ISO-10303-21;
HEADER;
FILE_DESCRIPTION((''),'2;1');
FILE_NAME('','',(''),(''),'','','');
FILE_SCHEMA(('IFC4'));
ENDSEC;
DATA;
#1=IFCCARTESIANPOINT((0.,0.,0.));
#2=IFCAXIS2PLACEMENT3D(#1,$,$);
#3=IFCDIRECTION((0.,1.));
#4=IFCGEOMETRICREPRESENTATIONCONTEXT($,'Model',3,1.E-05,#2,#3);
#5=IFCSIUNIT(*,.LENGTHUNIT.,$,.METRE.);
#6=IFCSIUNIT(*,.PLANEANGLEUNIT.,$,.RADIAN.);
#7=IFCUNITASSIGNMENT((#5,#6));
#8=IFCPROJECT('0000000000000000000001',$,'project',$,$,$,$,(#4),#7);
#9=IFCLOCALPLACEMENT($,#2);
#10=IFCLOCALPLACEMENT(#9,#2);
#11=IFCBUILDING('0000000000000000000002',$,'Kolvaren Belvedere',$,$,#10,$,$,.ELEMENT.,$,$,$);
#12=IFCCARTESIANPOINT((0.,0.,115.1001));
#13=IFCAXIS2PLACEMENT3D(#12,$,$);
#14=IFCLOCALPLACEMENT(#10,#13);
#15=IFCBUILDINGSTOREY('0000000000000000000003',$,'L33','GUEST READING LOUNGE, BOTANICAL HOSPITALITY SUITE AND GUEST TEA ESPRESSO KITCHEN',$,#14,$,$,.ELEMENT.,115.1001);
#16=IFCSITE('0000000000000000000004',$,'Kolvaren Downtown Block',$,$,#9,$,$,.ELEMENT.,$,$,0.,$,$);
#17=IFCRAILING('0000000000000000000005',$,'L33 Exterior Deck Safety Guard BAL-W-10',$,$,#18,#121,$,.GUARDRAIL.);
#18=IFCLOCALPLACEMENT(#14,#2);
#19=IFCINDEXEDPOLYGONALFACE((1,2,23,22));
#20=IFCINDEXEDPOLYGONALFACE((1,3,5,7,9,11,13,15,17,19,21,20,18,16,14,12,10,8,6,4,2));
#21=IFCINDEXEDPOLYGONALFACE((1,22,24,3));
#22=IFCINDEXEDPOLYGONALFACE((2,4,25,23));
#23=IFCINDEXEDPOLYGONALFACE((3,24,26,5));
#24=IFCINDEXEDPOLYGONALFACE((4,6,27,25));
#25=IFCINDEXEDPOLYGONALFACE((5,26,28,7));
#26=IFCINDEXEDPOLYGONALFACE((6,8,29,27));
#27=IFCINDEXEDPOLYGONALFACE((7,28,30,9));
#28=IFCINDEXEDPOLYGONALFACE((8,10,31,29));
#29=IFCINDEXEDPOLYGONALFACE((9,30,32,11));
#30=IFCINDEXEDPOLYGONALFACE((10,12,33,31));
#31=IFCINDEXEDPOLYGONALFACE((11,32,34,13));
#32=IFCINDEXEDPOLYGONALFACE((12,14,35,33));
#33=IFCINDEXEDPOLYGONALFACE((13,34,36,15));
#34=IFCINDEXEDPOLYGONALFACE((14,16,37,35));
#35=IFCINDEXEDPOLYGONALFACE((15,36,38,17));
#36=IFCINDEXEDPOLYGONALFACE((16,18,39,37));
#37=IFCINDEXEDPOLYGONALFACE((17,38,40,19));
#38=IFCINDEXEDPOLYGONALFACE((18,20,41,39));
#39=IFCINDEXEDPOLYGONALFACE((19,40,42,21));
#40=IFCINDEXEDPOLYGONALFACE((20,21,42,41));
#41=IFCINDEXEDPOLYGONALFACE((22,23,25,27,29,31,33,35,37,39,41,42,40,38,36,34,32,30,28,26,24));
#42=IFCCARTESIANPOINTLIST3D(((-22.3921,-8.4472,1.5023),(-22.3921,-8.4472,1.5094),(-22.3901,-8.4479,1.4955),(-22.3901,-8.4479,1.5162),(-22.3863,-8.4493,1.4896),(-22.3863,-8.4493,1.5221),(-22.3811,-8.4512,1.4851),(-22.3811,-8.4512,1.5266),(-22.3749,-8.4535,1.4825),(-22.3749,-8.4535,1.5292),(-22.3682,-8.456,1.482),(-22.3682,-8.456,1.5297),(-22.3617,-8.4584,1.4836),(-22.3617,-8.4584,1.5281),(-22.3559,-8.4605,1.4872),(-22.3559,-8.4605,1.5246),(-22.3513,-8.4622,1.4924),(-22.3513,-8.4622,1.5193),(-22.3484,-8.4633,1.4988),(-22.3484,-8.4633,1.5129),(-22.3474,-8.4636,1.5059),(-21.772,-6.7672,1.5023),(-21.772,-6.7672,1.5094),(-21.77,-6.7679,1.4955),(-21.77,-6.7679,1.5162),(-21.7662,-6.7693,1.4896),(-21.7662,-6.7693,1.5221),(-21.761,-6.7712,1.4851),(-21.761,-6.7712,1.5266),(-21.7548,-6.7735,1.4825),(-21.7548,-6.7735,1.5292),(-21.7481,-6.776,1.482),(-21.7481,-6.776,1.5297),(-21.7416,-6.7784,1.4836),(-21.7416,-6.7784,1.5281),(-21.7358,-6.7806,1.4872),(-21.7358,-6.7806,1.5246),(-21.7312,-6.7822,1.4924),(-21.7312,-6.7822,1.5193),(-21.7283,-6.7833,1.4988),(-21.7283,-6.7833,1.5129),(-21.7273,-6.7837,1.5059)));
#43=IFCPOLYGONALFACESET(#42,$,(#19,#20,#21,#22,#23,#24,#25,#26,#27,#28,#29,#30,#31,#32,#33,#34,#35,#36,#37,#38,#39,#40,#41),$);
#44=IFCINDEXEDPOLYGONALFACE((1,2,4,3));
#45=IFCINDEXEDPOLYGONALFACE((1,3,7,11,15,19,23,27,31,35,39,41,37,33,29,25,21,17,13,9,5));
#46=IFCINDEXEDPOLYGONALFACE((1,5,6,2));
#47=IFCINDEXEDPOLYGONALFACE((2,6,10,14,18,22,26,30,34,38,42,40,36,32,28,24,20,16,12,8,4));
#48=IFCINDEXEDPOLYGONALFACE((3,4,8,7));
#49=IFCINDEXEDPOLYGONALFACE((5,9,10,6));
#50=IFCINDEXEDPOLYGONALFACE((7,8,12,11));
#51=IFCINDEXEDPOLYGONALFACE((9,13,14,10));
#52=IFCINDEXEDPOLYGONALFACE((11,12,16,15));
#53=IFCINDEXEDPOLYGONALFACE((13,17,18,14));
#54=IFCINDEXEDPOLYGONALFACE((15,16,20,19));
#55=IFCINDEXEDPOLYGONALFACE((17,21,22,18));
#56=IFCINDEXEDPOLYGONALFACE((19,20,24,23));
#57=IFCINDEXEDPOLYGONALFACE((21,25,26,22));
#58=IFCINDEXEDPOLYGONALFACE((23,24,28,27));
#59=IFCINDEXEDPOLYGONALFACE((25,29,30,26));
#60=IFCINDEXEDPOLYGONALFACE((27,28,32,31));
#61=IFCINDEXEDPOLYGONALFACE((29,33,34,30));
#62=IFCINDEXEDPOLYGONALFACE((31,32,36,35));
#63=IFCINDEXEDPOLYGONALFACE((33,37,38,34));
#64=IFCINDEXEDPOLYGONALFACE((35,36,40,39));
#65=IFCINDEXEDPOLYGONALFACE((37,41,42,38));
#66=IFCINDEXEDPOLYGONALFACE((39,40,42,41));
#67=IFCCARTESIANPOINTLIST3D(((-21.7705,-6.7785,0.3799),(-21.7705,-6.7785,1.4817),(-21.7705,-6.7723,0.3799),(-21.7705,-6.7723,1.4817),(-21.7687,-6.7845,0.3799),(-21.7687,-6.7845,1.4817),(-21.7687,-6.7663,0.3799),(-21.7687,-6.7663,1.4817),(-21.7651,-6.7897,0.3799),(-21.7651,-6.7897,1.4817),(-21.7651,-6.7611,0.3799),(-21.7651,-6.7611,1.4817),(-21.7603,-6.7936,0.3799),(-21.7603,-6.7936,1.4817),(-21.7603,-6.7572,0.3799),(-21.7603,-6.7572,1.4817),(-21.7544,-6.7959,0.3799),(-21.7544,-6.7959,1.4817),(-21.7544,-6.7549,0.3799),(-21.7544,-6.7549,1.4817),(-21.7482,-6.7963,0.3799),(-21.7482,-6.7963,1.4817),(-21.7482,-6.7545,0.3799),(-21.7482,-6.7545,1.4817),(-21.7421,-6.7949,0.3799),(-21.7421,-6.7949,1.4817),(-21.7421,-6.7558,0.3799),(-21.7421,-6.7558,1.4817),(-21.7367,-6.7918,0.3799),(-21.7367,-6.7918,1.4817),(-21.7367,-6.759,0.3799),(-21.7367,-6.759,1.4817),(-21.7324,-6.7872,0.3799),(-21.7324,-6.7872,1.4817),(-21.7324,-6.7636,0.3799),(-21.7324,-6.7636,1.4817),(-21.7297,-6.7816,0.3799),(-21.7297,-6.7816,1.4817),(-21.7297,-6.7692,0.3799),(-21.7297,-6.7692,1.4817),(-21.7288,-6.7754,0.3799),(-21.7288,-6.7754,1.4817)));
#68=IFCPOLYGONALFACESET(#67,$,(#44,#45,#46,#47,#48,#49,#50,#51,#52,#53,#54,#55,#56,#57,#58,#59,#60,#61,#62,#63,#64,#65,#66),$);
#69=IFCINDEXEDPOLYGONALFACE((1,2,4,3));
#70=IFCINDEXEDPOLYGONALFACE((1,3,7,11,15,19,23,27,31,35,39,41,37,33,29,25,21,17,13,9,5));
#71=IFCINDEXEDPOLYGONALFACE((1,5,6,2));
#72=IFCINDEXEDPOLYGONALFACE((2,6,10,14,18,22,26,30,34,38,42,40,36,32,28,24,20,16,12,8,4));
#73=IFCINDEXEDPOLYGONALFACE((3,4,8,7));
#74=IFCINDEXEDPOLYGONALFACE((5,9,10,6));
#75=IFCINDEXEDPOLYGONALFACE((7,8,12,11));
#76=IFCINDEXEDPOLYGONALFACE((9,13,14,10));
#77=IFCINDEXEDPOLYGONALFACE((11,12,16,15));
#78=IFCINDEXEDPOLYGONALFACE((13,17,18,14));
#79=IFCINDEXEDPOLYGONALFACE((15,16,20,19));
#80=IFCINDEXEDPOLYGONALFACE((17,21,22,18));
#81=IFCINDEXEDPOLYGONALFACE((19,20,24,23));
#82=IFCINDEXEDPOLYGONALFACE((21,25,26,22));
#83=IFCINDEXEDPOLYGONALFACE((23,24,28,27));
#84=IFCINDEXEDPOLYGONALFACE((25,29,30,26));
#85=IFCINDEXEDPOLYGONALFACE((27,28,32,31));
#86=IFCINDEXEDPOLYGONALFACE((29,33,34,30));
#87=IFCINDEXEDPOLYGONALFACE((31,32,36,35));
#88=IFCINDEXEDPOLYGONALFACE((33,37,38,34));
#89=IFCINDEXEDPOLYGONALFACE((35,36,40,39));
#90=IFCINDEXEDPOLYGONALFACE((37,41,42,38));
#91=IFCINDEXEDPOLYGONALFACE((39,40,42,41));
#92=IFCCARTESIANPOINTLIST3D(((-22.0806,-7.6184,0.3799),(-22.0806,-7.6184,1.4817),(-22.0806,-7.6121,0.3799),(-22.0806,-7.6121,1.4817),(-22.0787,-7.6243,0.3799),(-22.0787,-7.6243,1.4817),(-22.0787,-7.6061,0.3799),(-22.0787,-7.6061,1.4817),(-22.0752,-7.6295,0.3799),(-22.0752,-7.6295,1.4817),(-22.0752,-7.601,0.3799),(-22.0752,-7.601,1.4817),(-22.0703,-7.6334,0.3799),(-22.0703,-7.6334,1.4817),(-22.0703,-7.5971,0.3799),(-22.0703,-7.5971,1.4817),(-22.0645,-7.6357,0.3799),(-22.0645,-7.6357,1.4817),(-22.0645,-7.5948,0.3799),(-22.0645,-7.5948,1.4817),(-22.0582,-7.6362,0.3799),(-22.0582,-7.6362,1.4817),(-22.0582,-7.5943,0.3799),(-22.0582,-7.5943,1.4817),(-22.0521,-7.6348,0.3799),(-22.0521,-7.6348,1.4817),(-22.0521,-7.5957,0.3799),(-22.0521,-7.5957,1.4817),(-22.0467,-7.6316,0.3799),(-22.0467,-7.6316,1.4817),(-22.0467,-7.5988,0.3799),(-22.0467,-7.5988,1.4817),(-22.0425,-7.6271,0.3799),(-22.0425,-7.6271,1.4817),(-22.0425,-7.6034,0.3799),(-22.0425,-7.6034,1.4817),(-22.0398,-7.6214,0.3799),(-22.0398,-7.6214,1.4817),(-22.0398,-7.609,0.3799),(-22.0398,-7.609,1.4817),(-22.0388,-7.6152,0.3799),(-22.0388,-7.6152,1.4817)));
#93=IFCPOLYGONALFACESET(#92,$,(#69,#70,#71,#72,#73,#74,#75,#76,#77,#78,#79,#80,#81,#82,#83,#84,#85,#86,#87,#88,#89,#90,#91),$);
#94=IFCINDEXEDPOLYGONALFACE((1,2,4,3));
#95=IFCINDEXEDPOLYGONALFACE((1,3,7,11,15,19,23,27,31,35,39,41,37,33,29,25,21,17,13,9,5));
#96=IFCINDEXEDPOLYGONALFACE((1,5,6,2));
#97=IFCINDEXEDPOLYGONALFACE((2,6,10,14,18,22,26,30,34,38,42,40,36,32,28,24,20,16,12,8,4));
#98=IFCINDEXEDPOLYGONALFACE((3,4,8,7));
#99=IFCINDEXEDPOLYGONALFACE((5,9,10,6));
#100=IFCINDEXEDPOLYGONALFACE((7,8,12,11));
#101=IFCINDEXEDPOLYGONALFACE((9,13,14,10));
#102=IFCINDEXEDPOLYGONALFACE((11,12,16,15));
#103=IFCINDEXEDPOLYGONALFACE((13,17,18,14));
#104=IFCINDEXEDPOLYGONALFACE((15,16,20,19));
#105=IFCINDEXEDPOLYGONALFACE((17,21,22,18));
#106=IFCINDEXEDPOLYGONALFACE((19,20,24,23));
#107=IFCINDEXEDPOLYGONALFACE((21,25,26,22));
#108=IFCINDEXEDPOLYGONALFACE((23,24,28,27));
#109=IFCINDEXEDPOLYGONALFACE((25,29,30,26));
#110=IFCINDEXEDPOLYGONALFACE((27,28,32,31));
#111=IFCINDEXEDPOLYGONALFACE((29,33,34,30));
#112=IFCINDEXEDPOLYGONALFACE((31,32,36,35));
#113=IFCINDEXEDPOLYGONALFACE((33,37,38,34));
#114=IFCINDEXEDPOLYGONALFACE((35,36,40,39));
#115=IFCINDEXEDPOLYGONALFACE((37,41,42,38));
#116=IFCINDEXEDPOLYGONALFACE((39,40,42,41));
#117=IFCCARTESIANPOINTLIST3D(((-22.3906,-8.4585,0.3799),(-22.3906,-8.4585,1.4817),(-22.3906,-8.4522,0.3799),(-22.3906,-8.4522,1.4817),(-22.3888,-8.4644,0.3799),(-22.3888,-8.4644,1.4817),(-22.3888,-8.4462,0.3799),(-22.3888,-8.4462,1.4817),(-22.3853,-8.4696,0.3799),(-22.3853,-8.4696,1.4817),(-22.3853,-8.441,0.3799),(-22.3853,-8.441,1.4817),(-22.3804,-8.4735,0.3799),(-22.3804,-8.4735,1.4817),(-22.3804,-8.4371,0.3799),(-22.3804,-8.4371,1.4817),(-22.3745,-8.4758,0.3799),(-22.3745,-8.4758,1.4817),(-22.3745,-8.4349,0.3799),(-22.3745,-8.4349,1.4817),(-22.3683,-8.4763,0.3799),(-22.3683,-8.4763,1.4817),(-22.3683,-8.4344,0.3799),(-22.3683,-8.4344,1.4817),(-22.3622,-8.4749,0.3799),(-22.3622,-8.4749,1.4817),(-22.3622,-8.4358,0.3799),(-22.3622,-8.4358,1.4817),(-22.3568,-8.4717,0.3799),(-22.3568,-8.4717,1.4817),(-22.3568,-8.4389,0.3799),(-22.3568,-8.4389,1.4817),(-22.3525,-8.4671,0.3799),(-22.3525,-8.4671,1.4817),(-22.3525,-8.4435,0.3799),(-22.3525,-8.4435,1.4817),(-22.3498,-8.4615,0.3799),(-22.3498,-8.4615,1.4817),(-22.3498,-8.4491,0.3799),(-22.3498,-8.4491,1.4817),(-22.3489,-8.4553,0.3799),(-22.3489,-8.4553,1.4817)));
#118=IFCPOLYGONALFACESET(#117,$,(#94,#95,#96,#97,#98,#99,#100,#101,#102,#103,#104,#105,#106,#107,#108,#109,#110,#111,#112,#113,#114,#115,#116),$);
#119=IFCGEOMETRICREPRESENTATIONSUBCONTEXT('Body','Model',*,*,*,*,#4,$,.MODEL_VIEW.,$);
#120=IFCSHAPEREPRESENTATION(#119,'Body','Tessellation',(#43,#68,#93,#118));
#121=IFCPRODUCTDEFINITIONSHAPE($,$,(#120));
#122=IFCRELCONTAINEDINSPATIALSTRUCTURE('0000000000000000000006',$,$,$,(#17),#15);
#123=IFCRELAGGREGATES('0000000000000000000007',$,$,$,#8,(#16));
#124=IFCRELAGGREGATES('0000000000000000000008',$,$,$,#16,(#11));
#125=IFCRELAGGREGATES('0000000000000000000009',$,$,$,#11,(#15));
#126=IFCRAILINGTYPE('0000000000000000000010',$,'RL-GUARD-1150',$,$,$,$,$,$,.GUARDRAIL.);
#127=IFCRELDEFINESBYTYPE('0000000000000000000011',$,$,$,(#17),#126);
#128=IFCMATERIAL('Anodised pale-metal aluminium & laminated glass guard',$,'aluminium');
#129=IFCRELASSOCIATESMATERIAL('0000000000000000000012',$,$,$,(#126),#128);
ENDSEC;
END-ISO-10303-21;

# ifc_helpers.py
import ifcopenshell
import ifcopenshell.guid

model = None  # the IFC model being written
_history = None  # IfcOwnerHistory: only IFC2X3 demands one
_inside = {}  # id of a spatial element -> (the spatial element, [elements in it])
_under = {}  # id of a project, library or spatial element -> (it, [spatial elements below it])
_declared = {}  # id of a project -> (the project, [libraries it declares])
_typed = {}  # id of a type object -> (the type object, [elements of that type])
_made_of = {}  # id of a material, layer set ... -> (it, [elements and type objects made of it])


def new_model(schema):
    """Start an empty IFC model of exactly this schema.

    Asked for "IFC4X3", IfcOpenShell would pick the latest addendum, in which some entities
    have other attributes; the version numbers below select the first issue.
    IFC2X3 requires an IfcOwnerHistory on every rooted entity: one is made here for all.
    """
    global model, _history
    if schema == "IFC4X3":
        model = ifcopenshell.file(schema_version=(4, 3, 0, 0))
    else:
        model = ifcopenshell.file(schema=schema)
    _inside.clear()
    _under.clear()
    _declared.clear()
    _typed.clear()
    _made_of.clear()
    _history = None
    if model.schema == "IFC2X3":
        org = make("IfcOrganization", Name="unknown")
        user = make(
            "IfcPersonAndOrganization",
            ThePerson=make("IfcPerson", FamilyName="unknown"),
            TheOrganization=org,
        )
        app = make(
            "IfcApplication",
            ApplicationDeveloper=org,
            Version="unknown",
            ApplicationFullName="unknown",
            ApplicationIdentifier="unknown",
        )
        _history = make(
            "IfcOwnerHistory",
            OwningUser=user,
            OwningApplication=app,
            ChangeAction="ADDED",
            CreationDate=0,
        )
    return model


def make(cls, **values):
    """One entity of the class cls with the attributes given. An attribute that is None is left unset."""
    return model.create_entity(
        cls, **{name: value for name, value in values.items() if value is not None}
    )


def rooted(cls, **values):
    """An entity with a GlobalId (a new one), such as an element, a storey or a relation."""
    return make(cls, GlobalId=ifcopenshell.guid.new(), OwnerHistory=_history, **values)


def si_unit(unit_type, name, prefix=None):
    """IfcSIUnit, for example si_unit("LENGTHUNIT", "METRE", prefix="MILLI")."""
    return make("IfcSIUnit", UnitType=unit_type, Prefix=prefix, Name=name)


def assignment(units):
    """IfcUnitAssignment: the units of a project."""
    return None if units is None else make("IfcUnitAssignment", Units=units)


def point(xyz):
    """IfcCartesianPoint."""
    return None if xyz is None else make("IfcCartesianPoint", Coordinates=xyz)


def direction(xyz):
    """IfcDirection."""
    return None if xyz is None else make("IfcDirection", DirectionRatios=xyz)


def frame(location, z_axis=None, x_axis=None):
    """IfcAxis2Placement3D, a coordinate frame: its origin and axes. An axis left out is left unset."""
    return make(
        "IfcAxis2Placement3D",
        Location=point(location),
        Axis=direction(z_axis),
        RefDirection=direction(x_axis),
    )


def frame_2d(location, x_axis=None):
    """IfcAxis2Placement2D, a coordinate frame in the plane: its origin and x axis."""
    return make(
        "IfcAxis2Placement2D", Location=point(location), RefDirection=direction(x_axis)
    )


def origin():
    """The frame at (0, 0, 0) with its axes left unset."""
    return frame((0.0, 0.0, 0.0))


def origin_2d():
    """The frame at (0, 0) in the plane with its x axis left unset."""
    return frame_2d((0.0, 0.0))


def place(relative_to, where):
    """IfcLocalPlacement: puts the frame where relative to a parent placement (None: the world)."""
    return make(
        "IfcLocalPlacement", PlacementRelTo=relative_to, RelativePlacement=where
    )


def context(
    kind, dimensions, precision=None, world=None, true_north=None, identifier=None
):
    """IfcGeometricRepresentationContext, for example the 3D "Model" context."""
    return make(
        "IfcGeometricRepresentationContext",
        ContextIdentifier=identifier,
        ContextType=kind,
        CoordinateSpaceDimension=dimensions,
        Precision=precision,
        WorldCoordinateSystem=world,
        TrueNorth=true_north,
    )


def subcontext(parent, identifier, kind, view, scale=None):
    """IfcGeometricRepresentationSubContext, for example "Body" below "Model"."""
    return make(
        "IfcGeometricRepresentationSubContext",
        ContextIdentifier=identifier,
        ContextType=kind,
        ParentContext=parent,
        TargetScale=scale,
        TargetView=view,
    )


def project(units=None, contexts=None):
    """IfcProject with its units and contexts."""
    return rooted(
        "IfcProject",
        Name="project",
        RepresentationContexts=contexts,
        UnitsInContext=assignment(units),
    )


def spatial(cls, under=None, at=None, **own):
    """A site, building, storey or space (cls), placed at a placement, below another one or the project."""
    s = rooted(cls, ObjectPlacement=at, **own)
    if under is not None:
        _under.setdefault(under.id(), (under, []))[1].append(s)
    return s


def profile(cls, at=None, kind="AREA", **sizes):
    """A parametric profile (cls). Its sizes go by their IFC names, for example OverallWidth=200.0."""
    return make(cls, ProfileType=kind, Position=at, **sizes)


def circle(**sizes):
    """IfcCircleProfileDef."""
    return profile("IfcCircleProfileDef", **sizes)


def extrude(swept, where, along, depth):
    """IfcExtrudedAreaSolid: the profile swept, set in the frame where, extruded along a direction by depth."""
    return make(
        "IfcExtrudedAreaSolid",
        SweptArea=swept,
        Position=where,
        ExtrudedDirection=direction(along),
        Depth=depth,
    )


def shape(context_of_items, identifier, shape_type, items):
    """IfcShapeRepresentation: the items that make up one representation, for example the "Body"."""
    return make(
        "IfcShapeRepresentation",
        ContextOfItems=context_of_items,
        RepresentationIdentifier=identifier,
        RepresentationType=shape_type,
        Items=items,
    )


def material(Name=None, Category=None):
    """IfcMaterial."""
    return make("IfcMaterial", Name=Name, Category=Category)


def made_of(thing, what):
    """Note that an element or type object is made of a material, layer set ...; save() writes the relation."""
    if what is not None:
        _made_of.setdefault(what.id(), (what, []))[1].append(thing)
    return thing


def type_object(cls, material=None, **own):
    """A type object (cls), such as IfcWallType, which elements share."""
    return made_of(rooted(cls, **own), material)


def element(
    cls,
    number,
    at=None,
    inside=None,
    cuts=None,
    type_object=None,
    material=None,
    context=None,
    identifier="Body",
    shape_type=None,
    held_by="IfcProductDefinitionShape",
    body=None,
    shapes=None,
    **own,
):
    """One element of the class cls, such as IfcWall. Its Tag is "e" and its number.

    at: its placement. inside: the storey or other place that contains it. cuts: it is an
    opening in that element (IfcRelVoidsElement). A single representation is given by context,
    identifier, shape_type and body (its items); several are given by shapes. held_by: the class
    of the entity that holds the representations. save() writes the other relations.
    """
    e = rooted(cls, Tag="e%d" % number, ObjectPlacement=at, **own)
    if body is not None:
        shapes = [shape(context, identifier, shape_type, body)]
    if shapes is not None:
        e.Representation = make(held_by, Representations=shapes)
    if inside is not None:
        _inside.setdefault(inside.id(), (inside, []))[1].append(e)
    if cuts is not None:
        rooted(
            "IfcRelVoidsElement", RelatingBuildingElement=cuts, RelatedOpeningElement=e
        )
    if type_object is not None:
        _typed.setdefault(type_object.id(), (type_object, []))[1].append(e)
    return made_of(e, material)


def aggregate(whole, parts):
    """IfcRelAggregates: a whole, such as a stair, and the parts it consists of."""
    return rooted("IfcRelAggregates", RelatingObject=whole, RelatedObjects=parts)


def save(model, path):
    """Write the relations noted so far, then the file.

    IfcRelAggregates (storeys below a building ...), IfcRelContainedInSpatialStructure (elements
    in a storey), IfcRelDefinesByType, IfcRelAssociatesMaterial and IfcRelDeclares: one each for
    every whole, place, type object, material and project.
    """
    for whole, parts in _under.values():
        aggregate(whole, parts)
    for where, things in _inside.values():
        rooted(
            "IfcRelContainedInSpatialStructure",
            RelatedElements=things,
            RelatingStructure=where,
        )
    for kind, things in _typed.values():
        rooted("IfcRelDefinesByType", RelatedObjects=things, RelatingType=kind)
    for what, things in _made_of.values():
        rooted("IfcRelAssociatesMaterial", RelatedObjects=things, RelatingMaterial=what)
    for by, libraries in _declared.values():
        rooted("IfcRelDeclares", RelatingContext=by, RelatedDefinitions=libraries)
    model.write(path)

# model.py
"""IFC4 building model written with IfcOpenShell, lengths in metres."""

from ifc_helpers import new_model, si_unit, direction, frame, origin, origin_2d, place, context, subcontext, project, spatial, circle, extrude, material, type_object, element, save


model = new_model("IFC4")

# Units and contexts
model_context = context("Model", 3, precision=1e-05, world=origin(), true_north=direction((0.0, 1.0)))
body_context = subcontext(model_context, "Body", "Model", "MODEL_VIEW")
ifc_project = project(units=[si_unit("LENGTHUNIT", "METRE"), si_unit("PLANEANGLEUNIT", "RADIAN")], contexts=[model_context])

# Site, building, storey
site_placement = place(None, origin())
site = spatial("IfcSite", under=ifc_project, at=site_placement, Name="Kolvaren Downtown Block", CompositionType="ELEMENT", RefElevation=0.0)
building_placement = place(site_placement, origin())
building = spatial("IfcBuilding", under=site, at=building_placement, Name="Kolvaren Belvedere", CompositionType="ELEMENT")
storey_placement = place(building_placement, frame((0.0, 0.0, 115.1001)))
storey = spatial("IfcBuildingStorey", under=building, at=storey_placement, Name="L33", Description="GUEST READING LOUNGE, BOTANICAL HOSPITALITY SUITE AND GUEST TEA ESPRESSO KITCHEN", CompositionType="ELEMENT", Elevation=115.1001)

# Railing
ifc_material_1 = material(Name="Anodised pale-metal aluminium & laminated glass guard", Category="aluminium")
railing_type = type_object("IfcRailingType", Name="RL-GUARD-1150", PredefinedType="GUARDRAIL", material=ifc_material_1)
railing_1_placement = place(storey_placement, frame((-21.7498, -6.7754, 0.3799)))
element("IfcRailing", 1, at=railing_1_placement, inside=storey, type_object=railing_type, Name="L33 Exterior Deck Safety Guard BAL-W-10", PredefinedType="GUARDRAIL", context=body_context, shape_type="SweptSolid", body=[
    extrude(circle(Radius=0.0239, at=origin_2d()), frame((0.0, 0.0, 1.126), z_axis=(-0.346293, -0.938126, 0.0), x_axis=(0.938126, -0.346293, 0.0)), (0.0, 0.0, 1.0), 1.7908),
    extrude(circle(Radius=0.021, at=origin_2d()), origin(), (0.0, 0.0, 1.0), 1.1018),
    extrude(circle(Radius=0.021, at=origin_2d()), frame((-0.3101, -0.8398, 0.0)), (0.0, 0.0, 1.0), 1.1018),
    extrude(circle(Radius=0.021, at=origin_2d()), frame((-0.6201, -1.6799, 0.0)), (0.0, 0.0, 1.0), 1.1018),
])

save(model, "model.ifc")
